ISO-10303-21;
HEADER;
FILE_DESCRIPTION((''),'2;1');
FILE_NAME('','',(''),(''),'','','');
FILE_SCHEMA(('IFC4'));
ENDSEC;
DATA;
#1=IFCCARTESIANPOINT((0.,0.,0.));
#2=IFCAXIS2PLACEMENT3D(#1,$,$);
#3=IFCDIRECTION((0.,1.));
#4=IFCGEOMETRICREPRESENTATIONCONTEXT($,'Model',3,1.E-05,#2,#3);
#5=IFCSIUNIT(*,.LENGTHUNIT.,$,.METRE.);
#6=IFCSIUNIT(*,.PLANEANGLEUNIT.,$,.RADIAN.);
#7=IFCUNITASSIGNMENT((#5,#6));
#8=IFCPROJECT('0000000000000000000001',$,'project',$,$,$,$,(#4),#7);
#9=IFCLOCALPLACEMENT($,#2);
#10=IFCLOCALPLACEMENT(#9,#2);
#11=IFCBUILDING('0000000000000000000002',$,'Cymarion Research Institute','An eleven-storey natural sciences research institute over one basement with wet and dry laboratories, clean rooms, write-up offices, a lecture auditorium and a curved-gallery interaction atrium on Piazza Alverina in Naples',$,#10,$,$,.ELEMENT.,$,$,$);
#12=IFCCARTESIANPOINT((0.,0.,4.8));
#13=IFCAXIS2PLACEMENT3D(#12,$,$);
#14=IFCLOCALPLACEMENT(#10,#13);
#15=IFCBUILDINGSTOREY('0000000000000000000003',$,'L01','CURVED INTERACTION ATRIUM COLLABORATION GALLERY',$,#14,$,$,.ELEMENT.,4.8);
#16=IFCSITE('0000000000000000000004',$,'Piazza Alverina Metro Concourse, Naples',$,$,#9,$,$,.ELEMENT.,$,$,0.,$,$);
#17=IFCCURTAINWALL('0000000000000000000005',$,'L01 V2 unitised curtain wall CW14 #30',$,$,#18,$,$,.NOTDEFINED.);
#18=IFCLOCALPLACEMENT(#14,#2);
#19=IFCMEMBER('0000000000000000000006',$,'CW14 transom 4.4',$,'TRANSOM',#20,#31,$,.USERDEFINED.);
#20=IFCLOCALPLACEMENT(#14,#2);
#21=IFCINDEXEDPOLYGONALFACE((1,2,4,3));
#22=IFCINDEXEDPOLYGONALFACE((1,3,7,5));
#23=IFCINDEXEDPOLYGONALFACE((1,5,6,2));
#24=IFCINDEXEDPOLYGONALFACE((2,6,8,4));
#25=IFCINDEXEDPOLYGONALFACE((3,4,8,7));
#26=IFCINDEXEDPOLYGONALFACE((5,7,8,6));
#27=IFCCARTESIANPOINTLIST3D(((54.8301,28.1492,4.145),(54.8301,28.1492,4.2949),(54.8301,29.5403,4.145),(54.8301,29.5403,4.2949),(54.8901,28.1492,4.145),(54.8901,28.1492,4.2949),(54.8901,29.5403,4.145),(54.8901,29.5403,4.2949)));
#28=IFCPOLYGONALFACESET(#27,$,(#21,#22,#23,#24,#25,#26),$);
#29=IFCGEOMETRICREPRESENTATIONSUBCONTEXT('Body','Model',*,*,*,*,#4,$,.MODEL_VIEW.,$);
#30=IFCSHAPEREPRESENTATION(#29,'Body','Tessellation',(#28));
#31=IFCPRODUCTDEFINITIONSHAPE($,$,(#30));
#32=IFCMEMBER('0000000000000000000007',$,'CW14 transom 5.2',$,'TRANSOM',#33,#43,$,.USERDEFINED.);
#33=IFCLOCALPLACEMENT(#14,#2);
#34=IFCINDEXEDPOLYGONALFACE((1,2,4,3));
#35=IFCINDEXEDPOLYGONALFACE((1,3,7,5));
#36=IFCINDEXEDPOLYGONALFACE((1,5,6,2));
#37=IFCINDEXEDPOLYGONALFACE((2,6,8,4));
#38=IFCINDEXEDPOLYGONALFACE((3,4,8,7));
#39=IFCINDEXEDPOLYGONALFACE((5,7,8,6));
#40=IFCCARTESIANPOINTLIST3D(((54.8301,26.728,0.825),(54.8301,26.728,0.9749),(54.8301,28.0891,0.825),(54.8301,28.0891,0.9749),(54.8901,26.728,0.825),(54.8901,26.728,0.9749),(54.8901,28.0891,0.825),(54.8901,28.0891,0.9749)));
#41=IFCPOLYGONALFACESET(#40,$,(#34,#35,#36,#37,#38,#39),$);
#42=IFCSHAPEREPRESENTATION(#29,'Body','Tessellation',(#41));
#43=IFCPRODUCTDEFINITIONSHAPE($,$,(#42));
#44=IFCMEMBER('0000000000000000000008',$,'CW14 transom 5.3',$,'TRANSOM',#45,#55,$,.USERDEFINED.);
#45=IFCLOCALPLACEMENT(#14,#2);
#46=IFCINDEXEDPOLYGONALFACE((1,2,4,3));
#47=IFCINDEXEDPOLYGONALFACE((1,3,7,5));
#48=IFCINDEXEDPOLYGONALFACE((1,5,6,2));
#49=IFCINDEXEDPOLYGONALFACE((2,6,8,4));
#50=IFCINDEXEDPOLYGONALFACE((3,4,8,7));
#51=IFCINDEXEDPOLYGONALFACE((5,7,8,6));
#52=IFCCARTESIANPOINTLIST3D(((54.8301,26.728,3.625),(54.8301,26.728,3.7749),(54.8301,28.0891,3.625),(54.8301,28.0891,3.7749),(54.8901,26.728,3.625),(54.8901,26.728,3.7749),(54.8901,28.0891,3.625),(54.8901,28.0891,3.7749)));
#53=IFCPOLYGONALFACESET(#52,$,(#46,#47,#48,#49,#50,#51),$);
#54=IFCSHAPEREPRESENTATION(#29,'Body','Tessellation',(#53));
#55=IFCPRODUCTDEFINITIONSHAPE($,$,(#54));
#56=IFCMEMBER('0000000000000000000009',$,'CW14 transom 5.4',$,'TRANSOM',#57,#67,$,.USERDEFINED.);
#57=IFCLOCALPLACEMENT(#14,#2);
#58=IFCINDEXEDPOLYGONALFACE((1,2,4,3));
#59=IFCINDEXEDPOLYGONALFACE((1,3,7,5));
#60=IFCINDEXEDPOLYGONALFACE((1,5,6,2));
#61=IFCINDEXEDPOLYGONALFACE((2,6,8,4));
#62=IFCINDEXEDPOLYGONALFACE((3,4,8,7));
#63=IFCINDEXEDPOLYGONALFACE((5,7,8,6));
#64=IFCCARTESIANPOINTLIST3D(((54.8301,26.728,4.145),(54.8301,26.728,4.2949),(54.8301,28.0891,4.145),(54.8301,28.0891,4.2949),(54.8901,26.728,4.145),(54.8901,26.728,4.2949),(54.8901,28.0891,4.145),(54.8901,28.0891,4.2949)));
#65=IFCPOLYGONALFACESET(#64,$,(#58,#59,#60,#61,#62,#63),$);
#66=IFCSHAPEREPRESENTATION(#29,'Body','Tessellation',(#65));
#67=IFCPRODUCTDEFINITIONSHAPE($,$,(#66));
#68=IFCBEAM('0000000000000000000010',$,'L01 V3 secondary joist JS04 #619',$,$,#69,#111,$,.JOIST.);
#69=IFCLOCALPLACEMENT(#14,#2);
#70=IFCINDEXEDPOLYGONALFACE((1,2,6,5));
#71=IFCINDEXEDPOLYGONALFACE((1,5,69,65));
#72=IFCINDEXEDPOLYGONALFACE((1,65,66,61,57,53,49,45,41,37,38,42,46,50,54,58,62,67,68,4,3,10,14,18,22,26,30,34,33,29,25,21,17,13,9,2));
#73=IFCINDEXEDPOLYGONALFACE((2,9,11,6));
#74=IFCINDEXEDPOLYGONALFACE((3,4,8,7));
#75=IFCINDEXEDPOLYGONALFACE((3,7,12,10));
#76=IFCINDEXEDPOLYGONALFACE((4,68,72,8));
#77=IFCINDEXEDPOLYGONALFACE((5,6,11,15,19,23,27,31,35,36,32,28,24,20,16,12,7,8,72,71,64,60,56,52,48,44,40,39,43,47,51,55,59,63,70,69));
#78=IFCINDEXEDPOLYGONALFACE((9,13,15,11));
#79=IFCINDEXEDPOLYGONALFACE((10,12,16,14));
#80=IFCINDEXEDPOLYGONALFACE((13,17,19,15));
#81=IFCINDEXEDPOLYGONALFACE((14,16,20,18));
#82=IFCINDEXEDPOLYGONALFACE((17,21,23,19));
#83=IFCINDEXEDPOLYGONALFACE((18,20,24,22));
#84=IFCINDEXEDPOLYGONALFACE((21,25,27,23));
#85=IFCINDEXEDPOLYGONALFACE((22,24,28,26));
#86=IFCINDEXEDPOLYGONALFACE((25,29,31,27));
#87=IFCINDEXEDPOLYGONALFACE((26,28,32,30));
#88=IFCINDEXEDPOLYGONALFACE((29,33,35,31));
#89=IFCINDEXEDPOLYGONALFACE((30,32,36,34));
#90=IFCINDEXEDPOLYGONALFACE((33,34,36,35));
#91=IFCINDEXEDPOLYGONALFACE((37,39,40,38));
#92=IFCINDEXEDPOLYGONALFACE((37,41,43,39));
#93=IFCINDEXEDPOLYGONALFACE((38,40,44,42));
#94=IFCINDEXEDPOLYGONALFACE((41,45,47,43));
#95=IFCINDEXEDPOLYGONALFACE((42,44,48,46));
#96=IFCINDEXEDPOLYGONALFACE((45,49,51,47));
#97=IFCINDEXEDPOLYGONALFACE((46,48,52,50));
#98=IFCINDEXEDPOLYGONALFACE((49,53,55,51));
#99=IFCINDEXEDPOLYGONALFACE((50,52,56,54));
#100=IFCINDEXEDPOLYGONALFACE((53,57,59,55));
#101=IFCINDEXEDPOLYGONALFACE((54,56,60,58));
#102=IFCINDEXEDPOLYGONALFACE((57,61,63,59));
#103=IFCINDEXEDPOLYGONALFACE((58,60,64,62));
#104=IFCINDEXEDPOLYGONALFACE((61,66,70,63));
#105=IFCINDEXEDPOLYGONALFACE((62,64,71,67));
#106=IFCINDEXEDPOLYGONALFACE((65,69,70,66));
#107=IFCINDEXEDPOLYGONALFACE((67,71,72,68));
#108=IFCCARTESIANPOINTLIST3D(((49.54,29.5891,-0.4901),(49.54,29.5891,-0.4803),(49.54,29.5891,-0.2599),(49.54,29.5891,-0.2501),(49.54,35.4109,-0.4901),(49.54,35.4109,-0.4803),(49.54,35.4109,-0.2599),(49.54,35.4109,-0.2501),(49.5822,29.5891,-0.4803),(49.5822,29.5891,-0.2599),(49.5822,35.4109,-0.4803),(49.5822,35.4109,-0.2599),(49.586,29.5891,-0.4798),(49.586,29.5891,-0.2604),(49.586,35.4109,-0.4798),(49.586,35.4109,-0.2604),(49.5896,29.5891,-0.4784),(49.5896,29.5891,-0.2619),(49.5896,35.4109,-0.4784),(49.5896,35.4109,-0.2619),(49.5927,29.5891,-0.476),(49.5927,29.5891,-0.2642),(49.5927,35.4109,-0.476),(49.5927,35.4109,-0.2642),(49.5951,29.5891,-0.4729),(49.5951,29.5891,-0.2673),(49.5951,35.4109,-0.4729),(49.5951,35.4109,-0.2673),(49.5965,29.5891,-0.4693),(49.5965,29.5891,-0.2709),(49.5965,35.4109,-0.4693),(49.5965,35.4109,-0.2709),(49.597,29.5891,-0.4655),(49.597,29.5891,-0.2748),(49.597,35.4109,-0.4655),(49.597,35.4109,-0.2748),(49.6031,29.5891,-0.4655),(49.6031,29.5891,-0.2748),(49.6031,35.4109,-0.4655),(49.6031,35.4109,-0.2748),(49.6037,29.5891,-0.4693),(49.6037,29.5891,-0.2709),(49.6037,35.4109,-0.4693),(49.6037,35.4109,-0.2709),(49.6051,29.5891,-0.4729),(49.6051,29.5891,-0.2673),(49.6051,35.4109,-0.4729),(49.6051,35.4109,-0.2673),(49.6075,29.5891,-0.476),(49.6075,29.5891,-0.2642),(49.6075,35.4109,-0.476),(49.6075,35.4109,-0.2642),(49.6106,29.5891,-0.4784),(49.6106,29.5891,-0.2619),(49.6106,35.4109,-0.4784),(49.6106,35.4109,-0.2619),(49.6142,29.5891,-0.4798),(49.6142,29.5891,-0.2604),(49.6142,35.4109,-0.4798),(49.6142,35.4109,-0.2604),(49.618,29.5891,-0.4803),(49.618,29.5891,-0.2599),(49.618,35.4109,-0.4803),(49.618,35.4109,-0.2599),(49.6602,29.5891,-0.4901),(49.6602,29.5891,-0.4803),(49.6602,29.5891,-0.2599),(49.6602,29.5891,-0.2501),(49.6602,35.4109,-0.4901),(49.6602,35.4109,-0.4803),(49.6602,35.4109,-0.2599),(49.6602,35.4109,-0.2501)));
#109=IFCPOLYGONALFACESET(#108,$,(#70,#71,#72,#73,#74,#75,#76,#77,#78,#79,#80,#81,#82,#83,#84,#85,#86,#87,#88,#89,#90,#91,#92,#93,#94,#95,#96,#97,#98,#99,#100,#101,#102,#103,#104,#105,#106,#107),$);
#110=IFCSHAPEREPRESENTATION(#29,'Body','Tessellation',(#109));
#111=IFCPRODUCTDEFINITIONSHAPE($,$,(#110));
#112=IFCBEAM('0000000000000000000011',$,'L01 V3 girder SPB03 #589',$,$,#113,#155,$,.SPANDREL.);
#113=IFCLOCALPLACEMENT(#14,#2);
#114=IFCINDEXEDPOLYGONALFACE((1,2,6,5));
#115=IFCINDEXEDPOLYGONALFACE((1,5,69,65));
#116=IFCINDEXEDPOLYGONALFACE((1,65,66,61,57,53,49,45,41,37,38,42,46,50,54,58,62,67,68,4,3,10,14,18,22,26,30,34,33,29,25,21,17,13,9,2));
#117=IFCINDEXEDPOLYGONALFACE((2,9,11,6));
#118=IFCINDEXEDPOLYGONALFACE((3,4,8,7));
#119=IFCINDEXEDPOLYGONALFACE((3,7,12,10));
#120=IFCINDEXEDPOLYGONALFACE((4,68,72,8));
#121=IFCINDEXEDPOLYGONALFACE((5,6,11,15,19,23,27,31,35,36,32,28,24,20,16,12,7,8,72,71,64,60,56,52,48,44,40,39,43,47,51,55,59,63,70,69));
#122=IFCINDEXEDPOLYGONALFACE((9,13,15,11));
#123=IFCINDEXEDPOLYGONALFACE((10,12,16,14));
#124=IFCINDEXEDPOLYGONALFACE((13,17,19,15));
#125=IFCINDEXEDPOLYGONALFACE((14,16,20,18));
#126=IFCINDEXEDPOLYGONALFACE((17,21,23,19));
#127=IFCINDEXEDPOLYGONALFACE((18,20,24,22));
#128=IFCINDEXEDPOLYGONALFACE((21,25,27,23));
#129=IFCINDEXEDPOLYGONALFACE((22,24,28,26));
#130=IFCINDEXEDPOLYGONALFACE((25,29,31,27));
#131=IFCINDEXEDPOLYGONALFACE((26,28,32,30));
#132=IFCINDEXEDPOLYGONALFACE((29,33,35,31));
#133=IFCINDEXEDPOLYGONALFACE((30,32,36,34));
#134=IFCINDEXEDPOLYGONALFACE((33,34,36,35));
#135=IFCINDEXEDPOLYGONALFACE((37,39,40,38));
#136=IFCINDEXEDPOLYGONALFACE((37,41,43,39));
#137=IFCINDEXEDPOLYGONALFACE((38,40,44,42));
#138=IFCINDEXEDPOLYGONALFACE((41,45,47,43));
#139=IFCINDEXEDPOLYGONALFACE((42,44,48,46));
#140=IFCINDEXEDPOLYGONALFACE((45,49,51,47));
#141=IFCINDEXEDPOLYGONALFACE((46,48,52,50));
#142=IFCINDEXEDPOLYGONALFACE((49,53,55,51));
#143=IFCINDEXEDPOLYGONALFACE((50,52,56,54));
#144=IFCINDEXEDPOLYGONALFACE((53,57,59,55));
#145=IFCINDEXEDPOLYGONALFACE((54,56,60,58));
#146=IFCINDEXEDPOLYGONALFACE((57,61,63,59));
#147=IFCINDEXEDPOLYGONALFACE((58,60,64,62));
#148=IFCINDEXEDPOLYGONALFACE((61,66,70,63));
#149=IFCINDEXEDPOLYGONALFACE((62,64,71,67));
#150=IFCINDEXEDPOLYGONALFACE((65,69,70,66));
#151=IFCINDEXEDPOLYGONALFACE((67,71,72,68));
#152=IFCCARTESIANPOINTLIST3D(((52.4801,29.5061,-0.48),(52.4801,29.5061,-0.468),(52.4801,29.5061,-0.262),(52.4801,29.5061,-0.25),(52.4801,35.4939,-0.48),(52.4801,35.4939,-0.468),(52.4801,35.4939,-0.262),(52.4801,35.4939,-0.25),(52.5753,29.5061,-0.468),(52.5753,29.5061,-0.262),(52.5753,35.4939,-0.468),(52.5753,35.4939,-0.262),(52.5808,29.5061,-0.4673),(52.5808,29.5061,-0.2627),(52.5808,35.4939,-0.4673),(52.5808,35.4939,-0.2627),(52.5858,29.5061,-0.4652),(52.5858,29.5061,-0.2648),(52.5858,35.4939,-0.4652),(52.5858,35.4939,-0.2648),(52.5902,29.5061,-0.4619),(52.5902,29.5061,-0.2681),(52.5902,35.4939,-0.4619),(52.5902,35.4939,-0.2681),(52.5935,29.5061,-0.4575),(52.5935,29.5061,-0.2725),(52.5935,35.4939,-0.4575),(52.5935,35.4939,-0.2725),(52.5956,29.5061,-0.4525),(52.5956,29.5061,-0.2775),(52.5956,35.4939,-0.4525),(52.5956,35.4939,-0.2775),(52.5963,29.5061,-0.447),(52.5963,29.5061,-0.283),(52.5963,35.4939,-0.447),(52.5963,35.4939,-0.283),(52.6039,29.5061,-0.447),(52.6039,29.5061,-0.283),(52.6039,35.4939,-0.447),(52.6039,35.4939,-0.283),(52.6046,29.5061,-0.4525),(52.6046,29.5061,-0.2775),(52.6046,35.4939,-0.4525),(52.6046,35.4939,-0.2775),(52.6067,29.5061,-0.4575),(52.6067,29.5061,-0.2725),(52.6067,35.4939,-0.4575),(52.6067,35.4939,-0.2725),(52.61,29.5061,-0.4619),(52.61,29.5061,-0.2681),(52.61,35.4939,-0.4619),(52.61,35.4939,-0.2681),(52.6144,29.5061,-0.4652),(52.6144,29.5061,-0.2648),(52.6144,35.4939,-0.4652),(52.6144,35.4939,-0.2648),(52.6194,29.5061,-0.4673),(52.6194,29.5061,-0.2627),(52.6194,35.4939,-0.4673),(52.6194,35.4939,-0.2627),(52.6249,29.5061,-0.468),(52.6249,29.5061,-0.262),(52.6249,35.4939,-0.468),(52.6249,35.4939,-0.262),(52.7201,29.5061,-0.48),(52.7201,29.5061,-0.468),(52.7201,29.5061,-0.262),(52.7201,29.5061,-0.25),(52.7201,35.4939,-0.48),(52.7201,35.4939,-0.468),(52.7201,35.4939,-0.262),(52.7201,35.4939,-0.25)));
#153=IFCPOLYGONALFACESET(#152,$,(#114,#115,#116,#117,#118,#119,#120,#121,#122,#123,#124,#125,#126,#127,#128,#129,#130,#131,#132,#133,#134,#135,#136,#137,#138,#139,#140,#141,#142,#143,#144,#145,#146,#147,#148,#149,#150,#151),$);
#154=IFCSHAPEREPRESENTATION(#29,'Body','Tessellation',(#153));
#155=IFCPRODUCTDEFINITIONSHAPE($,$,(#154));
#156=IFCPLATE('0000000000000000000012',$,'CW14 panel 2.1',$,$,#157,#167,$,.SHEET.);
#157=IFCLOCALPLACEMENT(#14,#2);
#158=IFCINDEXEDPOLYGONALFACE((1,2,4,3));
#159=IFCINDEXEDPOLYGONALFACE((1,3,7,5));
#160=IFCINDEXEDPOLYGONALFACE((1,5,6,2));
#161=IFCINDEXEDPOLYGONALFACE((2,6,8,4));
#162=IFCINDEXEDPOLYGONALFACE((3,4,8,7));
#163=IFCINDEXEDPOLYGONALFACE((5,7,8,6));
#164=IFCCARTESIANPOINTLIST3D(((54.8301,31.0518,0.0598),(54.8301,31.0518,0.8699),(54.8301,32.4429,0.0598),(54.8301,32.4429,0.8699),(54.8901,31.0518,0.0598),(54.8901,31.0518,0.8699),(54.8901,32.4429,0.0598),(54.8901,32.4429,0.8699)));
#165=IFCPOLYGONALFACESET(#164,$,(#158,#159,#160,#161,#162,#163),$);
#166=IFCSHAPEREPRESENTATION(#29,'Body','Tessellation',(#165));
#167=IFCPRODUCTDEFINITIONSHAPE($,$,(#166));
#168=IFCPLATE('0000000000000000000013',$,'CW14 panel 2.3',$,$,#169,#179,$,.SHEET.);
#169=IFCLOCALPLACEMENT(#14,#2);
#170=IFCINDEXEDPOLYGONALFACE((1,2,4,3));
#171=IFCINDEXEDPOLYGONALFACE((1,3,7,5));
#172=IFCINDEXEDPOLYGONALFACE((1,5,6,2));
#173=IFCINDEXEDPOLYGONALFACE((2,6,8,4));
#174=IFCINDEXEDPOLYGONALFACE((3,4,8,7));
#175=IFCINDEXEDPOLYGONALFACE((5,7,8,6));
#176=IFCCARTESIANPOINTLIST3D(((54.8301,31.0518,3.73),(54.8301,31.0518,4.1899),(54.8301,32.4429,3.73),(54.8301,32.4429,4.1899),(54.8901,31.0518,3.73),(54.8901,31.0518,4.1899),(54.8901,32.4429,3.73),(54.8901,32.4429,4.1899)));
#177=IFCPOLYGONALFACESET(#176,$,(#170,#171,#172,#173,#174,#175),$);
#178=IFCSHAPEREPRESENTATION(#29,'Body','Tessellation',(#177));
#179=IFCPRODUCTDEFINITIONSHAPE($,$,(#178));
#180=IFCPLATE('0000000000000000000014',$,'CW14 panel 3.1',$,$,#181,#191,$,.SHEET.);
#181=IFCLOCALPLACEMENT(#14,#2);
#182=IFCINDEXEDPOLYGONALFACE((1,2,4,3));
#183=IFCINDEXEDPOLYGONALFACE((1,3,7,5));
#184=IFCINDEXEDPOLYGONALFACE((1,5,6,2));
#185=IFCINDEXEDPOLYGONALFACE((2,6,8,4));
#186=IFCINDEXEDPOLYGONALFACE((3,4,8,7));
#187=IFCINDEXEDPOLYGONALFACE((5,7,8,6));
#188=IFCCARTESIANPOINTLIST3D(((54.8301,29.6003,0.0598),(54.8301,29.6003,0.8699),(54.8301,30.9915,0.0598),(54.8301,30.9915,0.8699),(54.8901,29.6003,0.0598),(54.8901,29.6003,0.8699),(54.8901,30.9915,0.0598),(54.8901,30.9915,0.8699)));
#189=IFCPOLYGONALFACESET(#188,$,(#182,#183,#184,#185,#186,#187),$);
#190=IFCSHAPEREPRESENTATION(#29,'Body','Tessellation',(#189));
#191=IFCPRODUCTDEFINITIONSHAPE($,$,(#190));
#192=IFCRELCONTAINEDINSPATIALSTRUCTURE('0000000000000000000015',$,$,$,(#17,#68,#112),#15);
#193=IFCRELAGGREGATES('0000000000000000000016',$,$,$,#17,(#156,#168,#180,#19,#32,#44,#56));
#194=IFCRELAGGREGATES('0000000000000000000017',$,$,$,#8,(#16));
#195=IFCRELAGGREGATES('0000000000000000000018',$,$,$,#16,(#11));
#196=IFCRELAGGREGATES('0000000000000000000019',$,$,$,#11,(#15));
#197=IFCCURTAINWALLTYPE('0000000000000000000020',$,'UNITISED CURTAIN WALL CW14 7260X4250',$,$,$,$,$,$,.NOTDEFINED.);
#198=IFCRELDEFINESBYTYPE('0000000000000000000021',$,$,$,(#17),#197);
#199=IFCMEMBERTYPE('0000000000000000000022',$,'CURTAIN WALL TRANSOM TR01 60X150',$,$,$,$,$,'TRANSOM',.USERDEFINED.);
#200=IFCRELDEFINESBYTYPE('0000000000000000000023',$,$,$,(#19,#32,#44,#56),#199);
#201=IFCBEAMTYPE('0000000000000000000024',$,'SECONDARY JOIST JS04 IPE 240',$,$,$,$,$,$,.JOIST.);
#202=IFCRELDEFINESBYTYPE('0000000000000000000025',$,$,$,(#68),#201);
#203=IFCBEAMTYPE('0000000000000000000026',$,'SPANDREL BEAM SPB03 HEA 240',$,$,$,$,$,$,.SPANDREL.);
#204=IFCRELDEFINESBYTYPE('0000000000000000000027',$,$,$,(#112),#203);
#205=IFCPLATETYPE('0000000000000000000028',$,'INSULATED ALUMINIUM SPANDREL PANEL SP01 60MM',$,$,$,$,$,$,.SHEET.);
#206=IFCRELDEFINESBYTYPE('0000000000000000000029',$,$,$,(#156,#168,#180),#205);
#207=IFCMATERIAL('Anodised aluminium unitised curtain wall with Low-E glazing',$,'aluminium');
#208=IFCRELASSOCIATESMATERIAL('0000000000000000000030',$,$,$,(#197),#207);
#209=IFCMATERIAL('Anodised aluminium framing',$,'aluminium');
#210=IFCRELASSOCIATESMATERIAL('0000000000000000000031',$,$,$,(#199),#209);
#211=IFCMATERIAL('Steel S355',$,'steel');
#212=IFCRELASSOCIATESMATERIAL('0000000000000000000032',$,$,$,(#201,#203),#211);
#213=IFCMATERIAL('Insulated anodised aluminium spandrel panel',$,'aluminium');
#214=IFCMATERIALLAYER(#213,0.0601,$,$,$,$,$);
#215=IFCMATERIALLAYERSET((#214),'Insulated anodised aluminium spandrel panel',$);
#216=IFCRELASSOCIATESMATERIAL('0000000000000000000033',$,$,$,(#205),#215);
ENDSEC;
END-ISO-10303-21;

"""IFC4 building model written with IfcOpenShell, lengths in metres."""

from ifc_helpers import new_model, si_unit, direction, frame, origin, origin_2d, place, context, subcontext, project, spatial, rectangle, i_section, extrude, material, layer, layer_set, material_profile, profile_set, type_object, element, aggregate, save


model = new_model("IFC4")

# Units and contexts
model_context = context("Model", 3, precision=1e-05, world=origin(), true_north=direction((0.0, 1.0)))
body_context = subcontext(model_context, "Body", "Model", "MODEL_VIEW")
ifc_project = project(units=[si_unit("LENGTHUNIT", "METRE"), si_unit("PLANEANGLEUNIT", "RADIAN")], contexts=[model_context])

# Site, building, storey
site_placement = place(None, origin())
site = spatial("IfcSite", under=ifc_project, at=site_placement, Name="Piazza Alverina Metro Concourse, Naples", CompositionType="ELEMENT", RefElevation=0.0)
building_placement = place(site_placement, origin())
building = spatial("IfcBuilding", under=site, at=building_placement, Name="Cymarion Research Institute", Description="An eleven-storey natural sciences research institute over one basement with wet and dry laboratories, clean rooms, write-up offices, a lecture auditorium and a curved-gallery interaction atrium on Piazza Alverina in Naples", CompositionType="ELEMENT")
storey_placement = place(building_placement, frame((0.0, 0.0, 4.8)))
storey = spatial("IfcBuildingStorey", under=building, at=storey_placement, Name="L01", Description="CURVED INTERACTION ATRIUM COLLABORATION GALLERY", CompositionType="ELEMENT", Elevation=4.8)

# Shared definitions
ifc_material_1 = material(Name="Steel S355", Category="steel")

# Curtain wall, members
ifc_material_2 = material(Name="Anodised aluminium unitised curtain wall with Low-E glazing", Category="aluminium")
curtain_wall_type = type_object("IfcCurtainWallType", Name="UNITISED CURTAIN WALL CW14 7260X4250", PredefinedType="NOTDEFINED", material=ifc_material_2)
curtain_wall_placement = place(storey_placement, origin())
curtain_wall = element("IfcCurtainWall", 1, at=curtain_wall_placement, inside=storey, type_object=curtain_wall_type, Name="L01 V2 unitised curtain wall CW14 #30", PredefinedType="NOTDEFINED")
ifc_material_3 = material(Name="Anodised aluminium framing", Category="aluminium")
ifc_material_profile_1 = material_profile(ifc_material_3, rectangle(XDim=0.0601, YDim=0.1499, at=origin_2d()), Name="ALU TRANSOM 60x150")
ifc_profile_set_1 = profile_set([ifc_material_profile_1], Name="Anodised aluminium framing")
member_type_1 = type_object("IfcMemberType", Name="CURTAIN WALL TRANSOM TR01 60X150", ElementType="TRANSOM", PredefinedType="USERDEFINED", material=ifc_profile_set_1)
member_1_placement = place(storey_placement, frame((54.8601, 29.5403, 4.22), z_axis=(0.0, -1.0, 0.0), x_axis=(1.0, 0.0, 0.0)))
member_1 = element("IfcMember", 2, at=member_1_placement, type_object=member_type_1, Name="CW14 transom 4.4", ObjectType="TRANSOM", PredefinedType="USERDEFINED", context=body_context, shape_type="SweptSolid", body=[
    extrude(rectangle(XDim=0.0601, YDim=0.1499, at=origin_2d()), origin(), (0.0, 0.0, 1.0), 1.3911),
])
member_2_placement = place(storey_placement, frame((54.8601, 28.0891, 0.8999), z_axis=(0.0, -1.0, 0.0), x_axis=(1.0, 0.0, 0.0)))
member_2 = element("IfcMember", 3, at=member_2_placement, type_object=member_type_1, Name="CW14 transom 5.2", ObjectType="TRANSOM", PredefinedType="USERDEFINED", context=body_context, shape_type="SweptSolid", body=[
    extrude(rectangle(XDim=0.0601, YDim=0.1499, at=origin_2d()), origin(), (0.0, 0.0, 1.0), 1.3611),
])
member_3_placement = place(storey_placement, frame((54.8601, 28.0891, 3.7), z_axis=(0.0, -1.0, 0.0), x_axis=(1.0, 0.0, 0.0)))
member_3 = element("IfcMember", 4, at=member_3_placement, type_object=member_type_1, Name="CW14 transom 5.3", ObjectType="TRANSOM", PredefinedType="USERDEFINED", context=body_context, shape_type="SweptSolid", body=[
    extrude(rectangle(XDim=0.0601, YDim=0.1499, at=origin_2d()), origin(), (0.0, 0.0, 1.0), 1.3611),
])
member_4_placement = place(storey_placement, frame((54.8601, 28.0891, 4.22), z_axis=(0.0, -1.0, 0.0), x_axis=(1.0, 0.0, 0.0)))
member_4 = element("IfcMember", 5, at=member_4_placement, type_object=member_type_1, Name="CW14 transom 5.4", ObjectType="TRANSOM", PredefinedType="USERDEFINED", context=body_context, shape_type="SweptSolid", body=[
    extrude(rectangle(XDim=0.0601, YDim=0.1499, at=origin_2d()), origin(), (0.0, 0.0, 1.0), 1.3611),
])

# Beams
ifc_material_profile_2 = material_profile(ifc_material_1, i_section(OverallWidth=0.1201, OverallDepth=0.24, WebThickness=0.0061, FlangeThickness=0.0098, FilletRadius=0.0149, at=origin_2d()), Name="IPE 240")
ifc_profile_set_2 = profile_set([ifc_material_profile_2], Name="Steel S355")
beam_type_1 = type_object("IfcBeamType", Name="SECONDARY JOIST JS04 IPE 240", PredefinedType="JOIST", material=ifc_profile_set_2)
beam_1_placement = place(storey_placement, frame((49.6001, 29.5891, -0.3701), z_axis=(0.0, 1.0, 0.0), x_axis=(-1.0, 0.0, 0.0)))
element("IfcBeam", 6, at=beam_1_placement, inside=storey, type_object=beam_type_1, Name="L01 V3 secondary joist JS04 #619", PredefinedType="JOIST", context=body_context, shape_type="SweptSolid", body=[
    extrude(i_section(OverallWidth=0.1201, OverallDepth=0.24, WebThickness=0.0061, FlangeThickness=0.0098, FilletRadius=0.0149, at=origin_2d()), origin(), (0.0, 0.0, 1.0), 5.8218),
])
ifc_material_profile_3 = material_profile(ifc_material_1, i_section(OverallWidth=0.24, OverallDepth=0.23, WebThickness=0.0076, FlangeThickness=0.012, FilletRadius=0.021, at=origin_2d()), Name="HEA 240")
ifc_profile_set_3 = profile_set([ifc_material_profile_3], Name="Steel S355")
beam_type_2 = type_object("IfcBeamType", Name="SPANDREL BEAM SPB03 HEA 240", PredefinedType="SPANDREL", material=ifc_profile_set_3)
beam_2_placement = place(storey_placement, frame((52.6001, 29.5061, -0.365), z_axis=(0.0, 1.0, 0.0), x_axis=(-1.0, 0.0, 0.0)))
element("IfcBeam", 7, at=beam_2_placement, inside=storey, type_object=beam_type_2, Name="L01 V3 girder SPB03 #589", PredefinedType="SPANDREL", context=body_context, shape_type="SweptSolid", body=[
    extrude(i_section(OverallWidth=0.24, OverallDepth=0.23, WebThickness=0.0076, FlangeThickness=0.012, FilletRadius=0.021, at=origin_2d()), origin(), (0.0, 0.0, 1.0), 5.9878),
])

# Plates
ifc_material_4 = material(Name="Insulated anodised aluminium spandrel panel", Category="aluminium")
ifc_layer_1 = layer(ifc_material_4, 0.0601)
ifc_layer_set_1 = layer_set([ifc_layer_1], Name="Insulated anodised aluminium spandrel panel")
plate_type_1 = type_object("IfcPlateType", Name="INSULATED ALUMINIUM SPANDREL PANEL SP01 60MM", PredefinedType="SHEET", material=ifc_layer_set_1)
plate_1_placement = place(storey_placement, frame((54.8601, 31.7473, 0.0598), z_axis=(0.0, 0.0, 1.0), x_axis=(0.0, -1.0, 0.0)))
plate_1 = element("IfcPlate", 8, at=plate_1_placement, type_object=plate_type_1, Name="CW14 panel 2.1", PredefinedType="SHEET", context=body_context, shape_type="SweptSolid", body=[
    extrude(rectangle(XDim=1.3911, YDim=0.0601, at=origin_2d()), origin(), (0.0, 0.0, 1.0), 0.8101),
])
plate_2_placement = place(storey_placement, frame((54.8601, 31.7473, 3.73), z_axis=(0.0, 0.0, 1.0), x_axis=(0.0, -1.0, 0.0)))
plate_2 = element("IfcPlate", 9, at=plate_2_placement, type_object=plate_type_1, Name="CW14 panel 2.3", PredefinedType="SHEET", context=body_context, shape_type="SweptSolid", body=[
    extrude(rectangle(XDim=1.3911, YDim=0.0601, at=origin_2d()), origin(), (0.0, 0.0, 1.0), 0.46),
])
plate_3_placement = place(storey_placement, frame((54.8601, 30.2959, 0.0598), z_axis=(0.0, 0.0, 1.0), x_axis=(0.0, -1.0, 0.0)))
plate_3 = element("IfcPlate", 10, at=plate_3_placement, type_object=plate_type_1, Name="CW14 panel 3.1", PredefinedType="SHEET", context=body_context, shape_type="SweptSolid", body=[
    extrude(rectangle(XDim=1.3911, YDim=0.0601, at=origin_2d()), origin(), (0.0, 0.0, 1.0), 0.8101),
])
aggregate(curtain_wall, [plate_1, plate_2, plate_3, member_1, member_2, member_3, member_4])

save(model, "model.ifc")
